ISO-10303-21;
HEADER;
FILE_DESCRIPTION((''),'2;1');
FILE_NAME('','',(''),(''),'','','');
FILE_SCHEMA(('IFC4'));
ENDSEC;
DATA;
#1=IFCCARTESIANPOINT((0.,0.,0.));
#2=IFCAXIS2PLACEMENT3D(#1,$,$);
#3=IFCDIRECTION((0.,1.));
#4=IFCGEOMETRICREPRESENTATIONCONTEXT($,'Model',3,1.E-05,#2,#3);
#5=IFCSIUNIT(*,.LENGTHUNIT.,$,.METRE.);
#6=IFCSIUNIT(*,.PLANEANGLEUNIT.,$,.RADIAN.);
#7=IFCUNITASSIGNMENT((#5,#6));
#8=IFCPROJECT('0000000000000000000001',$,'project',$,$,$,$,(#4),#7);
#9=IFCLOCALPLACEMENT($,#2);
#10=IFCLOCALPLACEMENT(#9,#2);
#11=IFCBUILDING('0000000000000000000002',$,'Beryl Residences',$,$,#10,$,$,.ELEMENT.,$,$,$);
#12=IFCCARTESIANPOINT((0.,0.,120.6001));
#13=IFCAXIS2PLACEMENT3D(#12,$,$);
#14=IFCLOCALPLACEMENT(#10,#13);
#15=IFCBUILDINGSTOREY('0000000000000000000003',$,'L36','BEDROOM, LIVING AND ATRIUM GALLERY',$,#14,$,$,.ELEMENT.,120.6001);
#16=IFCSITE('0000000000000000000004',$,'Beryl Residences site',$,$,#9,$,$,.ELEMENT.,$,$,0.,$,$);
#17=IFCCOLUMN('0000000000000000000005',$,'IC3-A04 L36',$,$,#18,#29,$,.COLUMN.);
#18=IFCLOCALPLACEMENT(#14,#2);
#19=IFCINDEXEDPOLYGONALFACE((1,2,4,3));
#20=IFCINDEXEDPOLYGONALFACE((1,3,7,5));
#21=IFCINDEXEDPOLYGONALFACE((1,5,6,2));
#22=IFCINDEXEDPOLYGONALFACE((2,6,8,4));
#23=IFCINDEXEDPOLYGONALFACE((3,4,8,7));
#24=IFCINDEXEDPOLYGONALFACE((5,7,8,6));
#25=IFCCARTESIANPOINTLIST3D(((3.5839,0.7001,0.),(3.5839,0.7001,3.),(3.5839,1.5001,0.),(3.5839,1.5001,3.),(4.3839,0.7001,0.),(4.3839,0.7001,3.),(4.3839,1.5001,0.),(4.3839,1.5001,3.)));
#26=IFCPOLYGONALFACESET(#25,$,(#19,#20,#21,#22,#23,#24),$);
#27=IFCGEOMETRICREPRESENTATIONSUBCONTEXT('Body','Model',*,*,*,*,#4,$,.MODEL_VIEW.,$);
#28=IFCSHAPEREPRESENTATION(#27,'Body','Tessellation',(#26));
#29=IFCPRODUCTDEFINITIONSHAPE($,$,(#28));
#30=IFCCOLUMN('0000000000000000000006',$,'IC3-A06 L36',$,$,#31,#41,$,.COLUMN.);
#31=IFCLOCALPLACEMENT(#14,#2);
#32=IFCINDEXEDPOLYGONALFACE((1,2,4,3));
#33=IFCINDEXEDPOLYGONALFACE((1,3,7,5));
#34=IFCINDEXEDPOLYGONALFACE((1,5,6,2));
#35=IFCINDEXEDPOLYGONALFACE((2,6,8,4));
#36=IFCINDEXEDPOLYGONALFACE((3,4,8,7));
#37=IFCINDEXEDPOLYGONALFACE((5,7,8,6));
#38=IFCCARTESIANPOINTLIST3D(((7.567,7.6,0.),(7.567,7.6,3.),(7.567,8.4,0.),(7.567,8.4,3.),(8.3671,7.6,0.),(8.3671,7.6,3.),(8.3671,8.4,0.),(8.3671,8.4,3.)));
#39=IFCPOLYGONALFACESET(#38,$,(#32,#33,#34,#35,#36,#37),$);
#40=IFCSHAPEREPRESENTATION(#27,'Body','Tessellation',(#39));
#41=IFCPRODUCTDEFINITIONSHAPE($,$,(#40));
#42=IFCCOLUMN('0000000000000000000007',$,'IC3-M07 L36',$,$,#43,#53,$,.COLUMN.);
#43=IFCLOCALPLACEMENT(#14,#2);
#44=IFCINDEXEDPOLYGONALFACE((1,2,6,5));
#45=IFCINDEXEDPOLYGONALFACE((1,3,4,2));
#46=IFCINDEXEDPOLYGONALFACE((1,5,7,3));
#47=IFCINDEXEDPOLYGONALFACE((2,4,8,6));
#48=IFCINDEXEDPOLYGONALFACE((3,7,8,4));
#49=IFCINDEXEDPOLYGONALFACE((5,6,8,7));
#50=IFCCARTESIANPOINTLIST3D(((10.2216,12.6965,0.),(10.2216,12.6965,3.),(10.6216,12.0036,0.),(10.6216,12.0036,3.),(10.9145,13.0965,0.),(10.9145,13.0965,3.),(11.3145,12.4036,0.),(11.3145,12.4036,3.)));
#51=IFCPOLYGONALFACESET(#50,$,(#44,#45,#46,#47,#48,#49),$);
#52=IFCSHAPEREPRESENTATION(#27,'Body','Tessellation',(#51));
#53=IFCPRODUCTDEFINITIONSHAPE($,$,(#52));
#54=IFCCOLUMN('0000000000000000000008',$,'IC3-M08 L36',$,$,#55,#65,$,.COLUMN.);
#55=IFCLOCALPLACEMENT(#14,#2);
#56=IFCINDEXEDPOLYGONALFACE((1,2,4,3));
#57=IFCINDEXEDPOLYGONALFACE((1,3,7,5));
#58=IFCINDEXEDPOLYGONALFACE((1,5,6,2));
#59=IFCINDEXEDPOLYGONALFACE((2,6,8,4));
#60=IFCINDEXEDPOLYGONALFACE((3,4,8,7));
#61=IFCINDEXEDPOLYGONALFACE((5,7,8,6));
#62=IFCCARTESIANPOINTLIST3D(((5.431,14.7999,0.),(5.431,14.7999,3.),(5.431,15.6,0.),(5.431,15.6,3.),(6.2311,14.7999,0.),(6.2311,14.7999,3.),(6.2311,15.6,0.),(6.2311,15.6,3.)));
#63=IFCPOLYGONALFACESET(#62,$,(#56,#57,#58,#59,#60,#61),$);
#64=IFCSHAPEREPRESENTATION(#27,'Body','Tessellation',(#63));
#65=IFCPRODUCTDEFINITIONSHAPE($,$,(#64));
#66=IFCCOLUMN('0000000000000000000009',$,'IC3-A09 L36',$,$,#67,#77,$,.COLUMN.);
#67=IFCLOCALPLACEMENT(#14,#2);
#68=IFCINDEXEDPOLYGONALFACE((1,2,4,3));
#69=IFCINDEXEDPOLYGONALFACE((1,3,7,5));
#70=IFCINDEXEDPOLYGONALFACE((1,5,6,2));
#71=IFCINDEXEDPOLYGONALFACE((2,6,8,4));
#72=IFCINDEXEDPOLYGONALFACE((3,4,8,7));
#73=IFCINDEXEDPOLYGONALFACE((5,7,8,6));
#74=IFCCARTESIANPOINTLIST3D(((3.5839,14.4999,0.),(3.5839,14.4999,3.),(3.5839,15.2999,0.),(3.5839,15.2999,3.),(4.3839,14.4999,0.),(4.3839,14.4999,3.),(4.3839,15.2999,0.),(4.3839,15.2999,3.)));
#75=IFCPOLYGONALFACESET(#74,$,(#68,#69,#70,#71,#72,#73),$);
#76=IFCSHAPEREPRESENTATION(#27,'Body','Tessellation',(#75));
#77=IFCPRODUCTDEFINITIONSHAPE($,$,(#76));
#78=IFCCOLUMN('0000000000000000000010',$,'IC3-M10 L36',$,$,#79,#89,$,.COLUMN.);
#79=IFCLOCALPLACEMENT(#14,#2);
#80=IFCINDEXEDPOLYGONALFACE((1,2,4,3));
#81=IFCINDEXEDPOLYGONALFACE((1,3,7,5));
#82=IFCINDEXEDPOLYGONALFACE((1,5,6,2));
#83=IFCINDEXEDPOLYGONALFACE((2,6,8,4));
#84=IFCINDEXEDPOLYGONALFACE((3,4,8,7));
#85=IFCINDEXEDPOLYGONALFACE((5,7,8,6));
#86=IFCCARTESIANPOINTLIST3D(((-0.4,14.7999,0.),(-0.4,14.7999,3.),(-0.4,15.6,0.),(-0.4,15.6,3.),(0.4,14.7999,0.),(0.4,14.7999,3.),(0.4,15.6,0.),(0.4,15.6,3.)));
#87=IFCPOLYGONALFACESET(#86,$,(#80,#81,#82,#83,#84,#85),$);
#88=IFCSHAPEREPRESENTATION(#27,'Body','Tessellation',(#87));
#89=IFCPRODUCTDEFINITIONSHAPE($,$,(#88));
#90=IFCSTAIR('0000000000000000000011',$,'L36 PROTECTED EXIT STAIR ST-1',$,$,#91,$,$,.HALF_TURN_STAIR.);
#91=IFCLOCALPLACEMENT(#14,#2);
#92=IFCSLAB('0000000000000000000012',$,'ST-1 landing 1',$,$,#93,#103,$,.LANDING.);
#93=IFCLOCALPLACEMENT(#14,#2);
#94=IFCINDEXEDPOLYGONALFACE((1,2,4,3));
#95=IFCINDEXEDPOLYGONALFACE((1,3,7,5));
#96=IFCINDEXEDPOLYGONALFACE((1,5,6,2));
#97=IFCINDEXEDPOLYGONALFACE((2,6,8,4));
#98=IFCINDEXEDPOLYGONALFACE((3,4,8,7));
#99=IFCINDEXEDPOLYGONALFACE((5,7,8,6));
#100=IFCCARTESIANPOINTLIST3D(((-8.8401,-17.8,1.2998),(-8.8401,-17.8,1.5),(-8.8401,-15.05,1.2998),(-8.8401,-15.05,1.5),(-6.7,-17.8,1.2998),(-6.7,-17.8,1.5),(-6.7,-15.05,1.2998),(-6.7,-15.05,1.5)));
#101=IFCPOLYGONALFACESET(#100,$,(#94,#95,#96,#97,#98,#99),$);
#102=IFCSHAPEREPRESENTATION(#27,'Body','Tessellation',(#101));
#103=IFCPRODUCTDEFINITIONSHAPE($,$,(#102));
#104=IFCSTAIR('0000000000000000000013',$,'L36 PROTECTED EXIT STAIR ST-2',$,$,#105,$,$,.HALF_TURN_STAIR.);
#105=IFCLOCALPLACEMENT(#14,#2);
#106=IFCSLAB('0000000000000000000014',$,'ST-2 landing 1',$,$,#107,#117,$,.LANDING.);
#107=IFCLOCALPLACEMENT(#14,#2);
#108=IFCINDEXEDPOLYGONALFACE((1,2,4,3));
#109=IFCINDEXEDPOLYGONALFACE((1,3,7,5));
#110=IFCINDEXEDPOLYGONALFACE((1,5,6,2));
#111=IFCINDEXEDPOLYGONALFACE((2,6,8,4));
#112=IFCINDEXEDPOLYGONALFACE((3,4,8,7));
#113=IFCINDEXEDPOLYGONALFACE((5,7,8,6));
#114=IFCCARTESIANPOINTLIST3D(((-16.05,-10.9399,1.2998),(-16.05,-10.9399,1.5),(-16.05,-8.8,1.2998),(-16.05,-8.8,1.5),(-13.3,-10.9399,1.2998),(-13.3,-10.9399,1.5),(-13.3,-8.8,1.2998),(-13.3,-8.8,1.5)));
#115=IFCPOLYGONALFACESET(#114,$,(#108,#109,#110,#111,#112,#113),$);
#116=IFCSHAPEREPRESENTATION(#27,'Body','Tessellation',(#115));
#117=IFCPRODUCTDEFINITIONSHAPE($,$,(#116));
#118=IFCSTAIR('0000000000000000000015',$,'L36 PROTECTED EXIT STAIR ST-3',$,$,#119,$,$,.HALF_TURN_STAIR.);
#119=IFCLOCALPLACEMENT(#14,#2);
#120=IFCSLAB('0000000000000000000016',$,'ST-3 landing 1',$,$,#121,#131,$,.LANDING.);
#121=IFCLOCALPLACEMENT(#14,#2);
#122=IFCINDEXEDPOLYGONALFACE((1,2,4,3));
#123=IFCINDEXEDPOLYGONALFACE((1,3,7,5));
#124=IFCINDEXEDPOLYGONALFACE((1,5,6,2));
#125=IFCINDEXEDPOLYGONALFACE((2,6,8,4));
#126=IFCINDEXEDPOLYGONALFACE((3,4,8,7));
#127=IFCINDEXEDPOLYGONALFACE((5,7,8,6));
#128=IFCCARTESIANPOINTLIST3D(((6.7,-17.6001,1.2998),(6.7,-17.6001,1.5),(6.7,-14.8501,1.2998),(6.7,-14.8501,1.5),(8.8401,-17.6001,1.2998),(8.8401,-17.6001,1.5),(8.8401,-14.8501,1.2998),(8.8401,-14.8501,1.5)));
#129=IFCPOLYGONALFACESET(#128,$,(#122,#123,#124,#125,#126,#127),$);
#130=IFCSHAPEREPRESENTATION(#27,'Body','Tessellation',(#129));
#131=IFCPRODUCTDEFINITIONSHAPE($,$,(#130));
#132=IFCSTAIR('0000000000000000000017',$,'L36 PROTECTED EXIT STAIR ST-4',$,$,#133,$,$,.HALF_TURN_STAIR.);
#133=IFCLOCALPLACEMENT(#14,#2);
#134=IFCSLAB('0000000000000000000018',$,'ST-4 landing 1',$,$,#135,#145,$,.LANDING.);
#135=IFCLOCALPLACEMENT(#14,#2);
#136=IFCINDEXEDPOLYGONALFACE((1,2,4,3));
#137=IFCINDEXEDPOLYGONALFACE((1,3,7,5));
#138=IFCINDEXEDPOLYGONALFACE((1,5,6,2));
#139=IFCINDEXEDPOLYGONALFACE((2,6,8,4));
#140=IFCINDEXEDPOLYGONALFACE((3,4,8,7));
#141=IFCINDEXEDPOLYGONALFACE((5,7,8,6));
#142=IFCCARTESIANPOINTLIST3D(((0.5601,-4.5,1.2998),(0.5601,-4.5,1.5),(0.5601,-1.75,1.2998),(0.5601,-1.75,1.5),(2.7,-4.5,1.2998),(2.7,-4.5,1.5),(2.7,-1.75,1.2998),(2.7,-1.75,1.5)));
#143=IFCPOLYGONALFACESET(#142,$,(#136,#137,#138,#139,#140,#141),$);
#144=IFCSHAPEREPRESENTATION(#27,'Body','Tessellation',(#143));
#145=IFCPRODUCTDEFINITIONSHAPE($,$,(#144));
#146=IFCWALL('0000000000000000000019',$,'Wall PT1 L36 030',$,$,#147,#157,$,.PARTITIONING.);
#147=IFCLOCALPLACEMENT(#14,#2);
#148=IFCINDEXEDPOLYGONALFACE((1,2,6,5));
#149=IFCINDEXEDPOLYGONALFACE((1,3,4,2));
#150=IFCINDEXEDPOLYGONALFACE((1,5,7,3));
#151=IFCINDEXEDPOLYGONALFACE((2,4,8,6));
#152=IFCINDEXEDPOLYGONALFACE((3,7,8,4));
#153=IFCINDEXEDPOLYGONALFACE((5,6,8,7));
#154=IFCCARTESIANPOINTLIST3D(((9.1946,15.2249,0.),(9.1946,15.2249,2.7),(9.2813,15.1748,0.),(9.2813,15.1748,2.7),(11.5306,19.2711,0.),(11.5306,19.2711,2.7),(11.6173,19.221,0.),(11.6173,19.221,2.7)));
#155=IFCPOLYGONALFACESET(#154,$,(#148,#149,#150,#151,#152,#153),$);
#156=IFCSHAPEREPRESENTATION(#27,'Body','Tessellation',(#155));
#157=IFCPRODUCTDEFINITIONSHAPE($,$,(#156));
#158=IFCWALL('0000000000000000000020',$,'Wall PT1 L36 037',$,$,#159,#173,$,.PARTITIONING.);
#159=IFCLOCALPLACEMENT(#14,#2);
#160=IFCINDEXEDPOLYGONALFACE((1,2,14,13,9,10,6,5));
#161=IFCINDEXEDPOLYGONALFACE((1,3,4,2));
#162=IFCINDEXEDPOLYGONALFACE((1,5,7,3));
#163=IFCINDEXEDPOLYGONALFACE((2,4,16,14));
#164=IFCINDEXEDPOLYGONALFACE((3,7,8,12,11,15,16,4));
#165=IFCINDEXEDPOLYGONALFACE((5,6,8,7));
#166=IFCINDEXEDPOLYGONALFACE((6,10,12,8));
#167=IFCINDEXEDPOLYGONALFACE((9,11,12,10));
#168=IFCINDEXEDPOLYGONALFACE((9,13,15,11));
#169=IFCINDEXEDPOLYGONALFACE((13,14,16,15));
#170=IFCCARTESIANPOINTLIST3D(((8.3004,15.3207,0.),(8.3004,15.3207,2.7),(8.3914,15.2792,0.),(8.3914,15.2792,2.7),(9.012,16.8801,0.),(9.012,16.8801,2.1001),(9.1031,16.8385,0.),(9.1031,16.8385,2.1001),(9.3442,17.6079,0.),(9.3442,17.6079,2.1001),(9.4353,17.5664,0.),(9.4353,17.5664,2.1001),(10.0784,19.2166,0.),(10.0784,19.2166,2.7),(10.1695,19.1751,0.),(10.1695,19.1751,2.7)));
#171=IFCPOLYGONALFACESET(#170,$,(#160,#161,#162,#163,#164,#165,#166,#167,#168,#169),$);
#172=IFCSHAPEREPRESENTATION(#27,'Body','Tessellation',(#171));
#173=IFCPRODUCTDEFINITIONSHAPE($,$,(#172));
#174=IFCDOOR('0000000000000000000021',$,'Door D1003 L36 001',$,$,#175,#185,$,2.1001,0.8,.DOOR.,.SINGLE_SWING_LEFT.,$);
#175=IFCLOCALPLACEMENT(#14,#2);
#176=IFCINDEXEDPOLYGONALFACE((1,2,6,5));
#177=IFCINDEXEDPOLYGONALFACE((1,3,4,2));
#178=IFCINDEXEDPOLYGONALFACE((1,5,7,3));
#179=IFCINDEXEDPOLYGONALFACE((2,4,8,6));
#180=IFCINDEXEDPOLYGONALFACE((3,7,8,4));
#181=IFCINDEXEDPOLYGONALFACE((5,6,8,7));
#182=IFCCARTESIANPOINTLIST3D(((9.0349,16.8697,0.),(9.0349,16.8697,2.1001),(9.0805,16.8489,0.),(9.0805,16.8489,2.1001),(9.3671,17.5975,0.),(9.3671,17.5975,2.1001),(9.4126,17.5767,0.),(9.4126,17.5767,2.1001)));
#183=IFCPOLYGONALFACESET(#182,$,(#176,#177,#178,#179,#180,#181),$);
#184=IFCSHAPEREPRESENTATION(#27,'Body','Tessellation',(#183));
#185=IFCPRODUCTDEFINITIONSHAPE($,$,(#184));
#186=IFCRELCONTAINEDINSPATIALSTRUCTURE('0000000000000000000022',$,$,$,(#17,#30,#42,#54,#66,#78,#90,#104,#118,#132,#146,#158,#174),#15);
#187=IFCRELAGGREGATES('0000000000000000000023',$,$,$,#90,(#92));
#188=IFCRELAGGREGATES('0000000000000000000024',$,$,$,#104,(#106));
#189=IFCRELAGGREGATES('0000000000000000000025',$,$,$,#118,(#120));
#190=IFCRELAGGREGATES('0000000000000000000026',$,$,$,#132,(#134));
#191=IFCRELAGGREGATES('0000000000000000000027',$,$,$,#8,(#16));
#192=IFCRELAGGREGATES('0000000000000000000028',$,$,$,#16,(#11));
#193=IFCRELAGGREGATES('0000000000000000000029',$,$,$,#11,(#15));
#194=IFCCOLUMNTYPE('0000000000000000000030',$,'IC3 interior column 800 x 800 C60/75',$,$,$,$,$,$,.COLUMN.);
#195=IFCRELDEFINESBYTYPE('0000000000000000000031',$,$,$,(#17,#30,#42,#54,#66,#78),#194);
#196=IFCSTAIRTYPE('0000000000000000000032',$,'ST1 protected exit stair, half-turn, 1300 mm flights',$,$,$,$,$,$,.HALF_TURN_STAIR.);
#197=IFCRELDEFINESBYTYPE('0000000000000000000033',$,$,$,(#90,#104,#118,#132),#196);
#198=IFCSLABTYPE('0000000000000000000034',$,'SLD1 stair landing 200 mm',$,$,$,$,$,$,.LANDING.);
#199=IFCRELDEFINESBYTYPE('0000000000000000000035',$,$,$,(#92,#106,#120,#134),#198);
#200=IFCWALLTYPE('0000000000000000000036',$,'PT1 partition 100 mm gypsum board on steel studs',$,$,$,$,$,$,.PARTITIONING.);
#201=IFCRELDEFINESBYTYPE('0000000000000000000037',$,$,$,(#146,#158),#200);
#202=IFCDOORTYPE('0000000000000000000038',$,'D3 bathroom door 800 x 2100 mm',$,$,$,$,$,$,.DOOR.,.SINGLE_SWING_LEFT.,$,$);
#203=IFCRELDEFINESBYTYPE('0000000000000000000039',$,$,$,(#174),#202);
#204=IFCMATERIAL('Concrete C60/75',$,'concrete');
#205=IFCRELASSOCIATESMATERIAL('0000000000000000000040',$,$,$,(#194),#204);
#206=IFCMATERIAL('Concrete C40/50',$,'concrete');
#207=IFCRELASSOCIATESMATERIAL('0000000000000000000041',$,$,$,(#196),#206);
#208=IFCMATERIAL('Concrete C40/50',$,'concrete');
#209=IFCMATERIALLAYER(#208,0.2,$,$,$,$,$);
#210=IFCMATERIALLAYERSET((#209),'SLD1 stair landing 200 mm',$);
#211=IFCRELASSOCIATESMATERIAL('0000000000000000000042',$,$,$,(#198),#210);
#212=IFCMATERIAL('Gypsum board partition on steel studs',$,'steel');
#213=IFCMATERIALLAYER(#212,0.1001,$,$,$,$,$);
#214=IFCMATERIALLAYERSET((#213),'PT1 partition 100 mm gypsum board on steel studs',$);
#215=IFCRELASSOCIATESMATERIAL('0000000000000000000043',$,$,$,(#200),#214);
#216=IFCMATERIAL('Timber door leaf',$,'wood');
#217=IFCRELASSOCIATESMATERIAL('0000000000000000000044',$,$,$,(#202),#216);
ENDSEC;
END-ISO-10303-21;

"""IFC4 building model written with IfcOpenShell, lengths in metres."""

from ifc_helpers import new_model, si_unit, direction, frame, frame_2d, origin, origin_2d, place, context, subcontext, project, spatial, polyline, rectangle, outline, extrude, material, layer, layer_set, material_profile, profile_set, type_object, element, fill, aggregate, save


model = new_model("IFC4")

# Units and contexts
model_context = context("Model", 3, precision=1e-05, world=origin(), true_north=direction((0.0, 1.0)))
body_context = subcontext(model_context, "Body", "Model", "MODEL_VIEW")
ifc_project = project(units=[si_unit("LENGTHUNIT", "METRE"), si_unit("PLANEANGLEUNIT", "RADIAN")], contexts=[model_context])

# Site, building, storey
site_placement = place(None, origin())
site = spatial("IfcSite", under=ifc_project, at=site_placement, Name="Beryl Residences site", CompositionType="ELEMENT", RefElevation=0.0)
building_placement = place(site_placement, origin())
building = spatial("IfcBuilding", under=site, at=building_placement, Name="Beryl Residences", CompositionType="ELEMENT")
storey_placement = place(building_placement, frame((0.0, 0.0, 120.6001)))
storey = spatial("IfcBuildingStorey", under=building, at=storey_placement, Name="L36", Description="BEDROOM, LIVING AND ATRIUM GALLERY", CompositionType="ELEMENT", Elevation=120.6001)

# Columns
ifc_material_1 = material(Name="Concrete C60/75", Category="concrete")
ifc_material_profile = material_profile(ifc_material_1, rectangle(XDim=0.8, YDim=0.8, at=origin_2d()))
ifc_profile_set = profile_set([ifc_material_profile], Name="Concrete C60/75")
column_type = type_object("IfcColumnType", Name="IC3 interior column 800 x 800 C60/75", PredefinedType="COLUMN", material=ifc_profile_set)
for number, where, z_axis, x_axis, name in (
    (1, (3.9839, 1.1001, 0.0), (0.0, 0.0, 1.0), (1.0, 0.0, 0.0), "IC3-A04 L36"),
    (2, (7.967, 8.0, 0.0), (0.0, 0.0, 1.0), (1.0, 0.0, 0.0), "IC3-A06 L36"),
    (3, (10.7681, 12.55, 0.0), (0.0, 0.0, 1.0), (-0.5, 0.866025, 0.0), "IC3-M07 L36"),
    (4, (5.8311, 15.2, 0.0), (0.0, 0.0, 1.0), (-1.0, 0.0, 0.0), "IC3-M08 L36"),
    (5, (3.9839, 14.8999, 0.0), (0.0, 0.0, 1.0), (1.0, 0.0, 0.0), "IC3-A09 L36"),
    (6, (0.0, 15.2, 0.0), (0.0, 0.0, 1.0), (-1.0, 0.0, 0.0), "IC3-M10 L36"),
):
    element("IfcColumn", number, at=place(storey_placement, frame(where, z_axis=z_axis, x_axis=x_axis)), inside=storey, type_object=column_type, Name=name, PredefinedType="COLUMN", context=body_context, shape_type="SweptSolid", body=[
        extrude(rectangle(XDim=0.8, YDim=0.8, at=origin_2d()), origin(), (0.0, 0.0, 1.0), 3.0),
    ])

# Stairs, slabs
ifc_material_2 = material(Name="Concrete C40/50", Category="concrete")
stair_type = type_object("IfcStairType", Name="ST1 protected exit stair, half-turn, 1300 mm flights", PredefinedType="HALF_TURN_STAIR", material=ifc_material_2)
stair_1_placement = place(storey_placement, origin())
stair_1 = element("IfcStair", 7, at=stair_1_placement, inside=storey, type_object=stair_type, Name="L36 PROTECTED EXIT STAIR ST-1", PredefinedType="HALF_TURN_STAIR")
ifc_material_3 = material(Name="Concrete C40/50", Category="concrete")
ifc_layer_1 = layer(ifc_material_3, 0.2)
ifc_layer_set_1 = layer_set([ifc_layer_1], Name="SLD1 stair landing 200 mm")
slab_type_1 = type_object("IfcSlabType", Name="SLD1 stair landing 200 mm", PredefinedType="LANDING", material=ifc_layer_set_1)
slab_1_placement = place(storey_placement, frame((0.0, 0.0, 1.2998)))
slab_1 = element("IfcSlab", 8, at=slab_1_placement, type_object=slab_type_1, Name="ST-1 landing 1", PredefinedType="LANDING", context=body_context, shape_type="SweptSolid", body=[
    extrude(outline(polyline([(-8.8401, -17.8), (-6.7, -17.8), (-6.7, -15.05), (-8.8401, -15.05), (-8.8401, -17.8)])), origin(), (0.0, 0.0, 1.0), 0.2002),
])
aggregate(stair_1, [slab_1])
stair_2_placement = place(storey_placement, origin())
stair_2 = element("IfcStair", 9, at=stair_2_placement, inside=storey, type_object=stair_type, Name="L36 PROTECTED EXIT STAIR ST-2", PredefinedType="HALF_TURN_STAIR")
slab_2_placement = place(storey_placement, frame((0.0, 0.0, 1.2998)))
slab_2 = element("IfcSlab", 10, at=slab_2_placement, type_object=slab_type_1, Name="ST-2 landing 1", PredefinedType="LANDING", context=body_context, shape_type="SweptSolid", body=[
    extrude(outline(polyline([(-13.3, -10.9399), (-13.3, -8.8), (-16.05, -8.8), (-16.05, -10.9399), (-13.3, -10.9399)])), origin(), (0.0, 0.0, 1.0), 0.2002),
])
aggregate(stair_2, [slab_2])
stair_3_placement = place(storey_placement, origin())
stair_3 = element("IfcStair", 11, at=stair_3_placement, inside=storey, type_object=stair_type, Name="L36 PROTECTED EXIT STAIR ST-3", PredefinedType="HALF_TURN_STAIR")
slab_3_placement = place(storey_placement, frame((0.0, 0.0, 1.2998)))
slab_3 = element("IfcSlab", 12, at=slab_3_placement, type_object=slab_type_1, Name="ST-3 landing 1", PredefinedType="LANDING", context=body_context, shape_type="SweptSolid", body=[
    extrude(outline(polyline([(8.8401, -14.8501), (6.7, -14.8501), (6.7, -17.6001), (8.8401, -17.6001), (8.8401, -14.8501)])), origin(), (0.0, 0.0, 1.0), 0.2002),
])
aggregate(stair_3, [slab_3])
stair_4_placement = place(storey_placement, origin())
stair_4 = element("IfcStair", 13, at=stair_4_placement, inside=storey, type_object=stair_type, Name="L36 PROTECTED EXIT STAIR ST-4", PredefinedType="HALF_TURN_STAIR")
slab_4_placement = place(storey_placement, frame((0.0, 0.0, 1.2998)))
slab_4 = element("IfcSlab", 14, at=slab_4_placement, type_object=slab_type_1, Name="ST-4 landing 1", PredefinedType="LANDING", context=body_context, shape_type="SweptSolid", body=[
    extrude(outline(polyline([(0.5601, -4.5), (2.7, -4.5), (2.7, -1.75), (0.5601, -1.75), (0.5601, -4.5)])), origin(), (0.0, 0.0, 1.0), 0.2002),
])
aggregate(stair_4, [slab_4])

# Wall
ifc_material_4 = material(Name="Gypsum board partition on steel studs", Category="steel")
ifc_layer_2 = layer(ifc_material_4, 0.1001)
ifc_layer_set_2 = layer_set([ifc_layer_2], Name="PT1 partition 100 mm gypsum board on steel studs")
wall_type_1 = type_object("IfcWallType", Name="PT1 partition 100 mm gypsum board on steel studs", PredefinedType="PARTITIONING", material=ifc_layer_set_2)
wall_1_placement = place(storey_placement, frame((9.238, 15.2, 0.0), z_axis=(0.0, 0.0, 1.0), x_axis=(0.499983, 0.866035, 0.0)))
element("IfcWall", 15, at=wall_1_placement, inside=storey, type_object=wall_type_1, Name="Wall PT1 L36 030", PredefinedType="PARTITIONING", context=body_context, shape_type="SweptSolid", body=[
    extrude(rectangle(XDim=4.6721, YDim=0.1001, at=frame_2d((2.3359, 0.0))), origin(), (0.0, 0.0, 1.0), 2.7),
])

# Wall, opening, door
wall_2_placement = place(storey_placement, frame((8.3459, 15.3, 0.0), z_axis=(0.0, 0.0, 1.0), x_axis=(0.41519, 0.909735, 0.0)))
wall_2 = element("IfcWall", 16, at=wall_2_placement, inside=storey, type_object=wall_type_1, Name="Wall PT1 L36 037", PredefinedType="PARTITIONING", context=body_context, shape_type="SweptSolid", body=[
    extrude(rectangle(XDim=4.2825, YDim=0.1001, at=frame_2d((2.1411, 0.0))), origin(), (0.0, 0.0, 1.0), 2.7),
])
opening_1_placement = place(wall_2_placement, frame((1.7141, 0.0, 0.0)))
opening_1 = element("IfcOpeningElement", 17, at=opening_1_placement, cuts=wall_2, PredefinedType="OPENING", context=body_context, shape_type="SweptSolid", body=[
    extrude(rectangle(XDim=0.8, YDim=2.1001, at=frame_2d((0.3999, 1.05))), frame((0.0, 0.0601, 0.0), z_axis=(0.0, -1.0, 0.0), x_axis=(1.0, 0.0, 0.0)), (0.0, 0.0, 1.0), 0.1201),
])
ifc_material_5 = material(Name="Timber door leaf", Category="wood")
door_type_1 = type_object("IfcDoorType", Name="D3 bathroom door 800 x 2100 mm", OperationType="SINGLE_SWING_LEFT", PredefinedType="DOOR", material=ifc_material_5)
door_1_placement = place(opening_1_placement, origin())
door_1 = element("IfcDoor", 18, at=door_1_placement, inside=storey, type_object=door_type_1, Name="Door D1003 L36 001", OperationType="SINGLE_SWING_LEFT", OverallHeight=2.1001, OverallWidth=0.8, PredefinedType="DOOR", context=body_context, shape_type="SweptSolid", body=[
    extrude(rectangle(XDim=0.8, YDim=2.1001, at=frame_2d((0.3999, 1.05))), frame((0.0, 0.0249, 0.0), z_axis=(0.0, -1.0, 0.0), x_axis=(1.0, 0.0, 0.0)), (0.0, 0.0, 1.0), 0.05),
])
fill(opening_1, door_1)

save(model, "model.ifc")
